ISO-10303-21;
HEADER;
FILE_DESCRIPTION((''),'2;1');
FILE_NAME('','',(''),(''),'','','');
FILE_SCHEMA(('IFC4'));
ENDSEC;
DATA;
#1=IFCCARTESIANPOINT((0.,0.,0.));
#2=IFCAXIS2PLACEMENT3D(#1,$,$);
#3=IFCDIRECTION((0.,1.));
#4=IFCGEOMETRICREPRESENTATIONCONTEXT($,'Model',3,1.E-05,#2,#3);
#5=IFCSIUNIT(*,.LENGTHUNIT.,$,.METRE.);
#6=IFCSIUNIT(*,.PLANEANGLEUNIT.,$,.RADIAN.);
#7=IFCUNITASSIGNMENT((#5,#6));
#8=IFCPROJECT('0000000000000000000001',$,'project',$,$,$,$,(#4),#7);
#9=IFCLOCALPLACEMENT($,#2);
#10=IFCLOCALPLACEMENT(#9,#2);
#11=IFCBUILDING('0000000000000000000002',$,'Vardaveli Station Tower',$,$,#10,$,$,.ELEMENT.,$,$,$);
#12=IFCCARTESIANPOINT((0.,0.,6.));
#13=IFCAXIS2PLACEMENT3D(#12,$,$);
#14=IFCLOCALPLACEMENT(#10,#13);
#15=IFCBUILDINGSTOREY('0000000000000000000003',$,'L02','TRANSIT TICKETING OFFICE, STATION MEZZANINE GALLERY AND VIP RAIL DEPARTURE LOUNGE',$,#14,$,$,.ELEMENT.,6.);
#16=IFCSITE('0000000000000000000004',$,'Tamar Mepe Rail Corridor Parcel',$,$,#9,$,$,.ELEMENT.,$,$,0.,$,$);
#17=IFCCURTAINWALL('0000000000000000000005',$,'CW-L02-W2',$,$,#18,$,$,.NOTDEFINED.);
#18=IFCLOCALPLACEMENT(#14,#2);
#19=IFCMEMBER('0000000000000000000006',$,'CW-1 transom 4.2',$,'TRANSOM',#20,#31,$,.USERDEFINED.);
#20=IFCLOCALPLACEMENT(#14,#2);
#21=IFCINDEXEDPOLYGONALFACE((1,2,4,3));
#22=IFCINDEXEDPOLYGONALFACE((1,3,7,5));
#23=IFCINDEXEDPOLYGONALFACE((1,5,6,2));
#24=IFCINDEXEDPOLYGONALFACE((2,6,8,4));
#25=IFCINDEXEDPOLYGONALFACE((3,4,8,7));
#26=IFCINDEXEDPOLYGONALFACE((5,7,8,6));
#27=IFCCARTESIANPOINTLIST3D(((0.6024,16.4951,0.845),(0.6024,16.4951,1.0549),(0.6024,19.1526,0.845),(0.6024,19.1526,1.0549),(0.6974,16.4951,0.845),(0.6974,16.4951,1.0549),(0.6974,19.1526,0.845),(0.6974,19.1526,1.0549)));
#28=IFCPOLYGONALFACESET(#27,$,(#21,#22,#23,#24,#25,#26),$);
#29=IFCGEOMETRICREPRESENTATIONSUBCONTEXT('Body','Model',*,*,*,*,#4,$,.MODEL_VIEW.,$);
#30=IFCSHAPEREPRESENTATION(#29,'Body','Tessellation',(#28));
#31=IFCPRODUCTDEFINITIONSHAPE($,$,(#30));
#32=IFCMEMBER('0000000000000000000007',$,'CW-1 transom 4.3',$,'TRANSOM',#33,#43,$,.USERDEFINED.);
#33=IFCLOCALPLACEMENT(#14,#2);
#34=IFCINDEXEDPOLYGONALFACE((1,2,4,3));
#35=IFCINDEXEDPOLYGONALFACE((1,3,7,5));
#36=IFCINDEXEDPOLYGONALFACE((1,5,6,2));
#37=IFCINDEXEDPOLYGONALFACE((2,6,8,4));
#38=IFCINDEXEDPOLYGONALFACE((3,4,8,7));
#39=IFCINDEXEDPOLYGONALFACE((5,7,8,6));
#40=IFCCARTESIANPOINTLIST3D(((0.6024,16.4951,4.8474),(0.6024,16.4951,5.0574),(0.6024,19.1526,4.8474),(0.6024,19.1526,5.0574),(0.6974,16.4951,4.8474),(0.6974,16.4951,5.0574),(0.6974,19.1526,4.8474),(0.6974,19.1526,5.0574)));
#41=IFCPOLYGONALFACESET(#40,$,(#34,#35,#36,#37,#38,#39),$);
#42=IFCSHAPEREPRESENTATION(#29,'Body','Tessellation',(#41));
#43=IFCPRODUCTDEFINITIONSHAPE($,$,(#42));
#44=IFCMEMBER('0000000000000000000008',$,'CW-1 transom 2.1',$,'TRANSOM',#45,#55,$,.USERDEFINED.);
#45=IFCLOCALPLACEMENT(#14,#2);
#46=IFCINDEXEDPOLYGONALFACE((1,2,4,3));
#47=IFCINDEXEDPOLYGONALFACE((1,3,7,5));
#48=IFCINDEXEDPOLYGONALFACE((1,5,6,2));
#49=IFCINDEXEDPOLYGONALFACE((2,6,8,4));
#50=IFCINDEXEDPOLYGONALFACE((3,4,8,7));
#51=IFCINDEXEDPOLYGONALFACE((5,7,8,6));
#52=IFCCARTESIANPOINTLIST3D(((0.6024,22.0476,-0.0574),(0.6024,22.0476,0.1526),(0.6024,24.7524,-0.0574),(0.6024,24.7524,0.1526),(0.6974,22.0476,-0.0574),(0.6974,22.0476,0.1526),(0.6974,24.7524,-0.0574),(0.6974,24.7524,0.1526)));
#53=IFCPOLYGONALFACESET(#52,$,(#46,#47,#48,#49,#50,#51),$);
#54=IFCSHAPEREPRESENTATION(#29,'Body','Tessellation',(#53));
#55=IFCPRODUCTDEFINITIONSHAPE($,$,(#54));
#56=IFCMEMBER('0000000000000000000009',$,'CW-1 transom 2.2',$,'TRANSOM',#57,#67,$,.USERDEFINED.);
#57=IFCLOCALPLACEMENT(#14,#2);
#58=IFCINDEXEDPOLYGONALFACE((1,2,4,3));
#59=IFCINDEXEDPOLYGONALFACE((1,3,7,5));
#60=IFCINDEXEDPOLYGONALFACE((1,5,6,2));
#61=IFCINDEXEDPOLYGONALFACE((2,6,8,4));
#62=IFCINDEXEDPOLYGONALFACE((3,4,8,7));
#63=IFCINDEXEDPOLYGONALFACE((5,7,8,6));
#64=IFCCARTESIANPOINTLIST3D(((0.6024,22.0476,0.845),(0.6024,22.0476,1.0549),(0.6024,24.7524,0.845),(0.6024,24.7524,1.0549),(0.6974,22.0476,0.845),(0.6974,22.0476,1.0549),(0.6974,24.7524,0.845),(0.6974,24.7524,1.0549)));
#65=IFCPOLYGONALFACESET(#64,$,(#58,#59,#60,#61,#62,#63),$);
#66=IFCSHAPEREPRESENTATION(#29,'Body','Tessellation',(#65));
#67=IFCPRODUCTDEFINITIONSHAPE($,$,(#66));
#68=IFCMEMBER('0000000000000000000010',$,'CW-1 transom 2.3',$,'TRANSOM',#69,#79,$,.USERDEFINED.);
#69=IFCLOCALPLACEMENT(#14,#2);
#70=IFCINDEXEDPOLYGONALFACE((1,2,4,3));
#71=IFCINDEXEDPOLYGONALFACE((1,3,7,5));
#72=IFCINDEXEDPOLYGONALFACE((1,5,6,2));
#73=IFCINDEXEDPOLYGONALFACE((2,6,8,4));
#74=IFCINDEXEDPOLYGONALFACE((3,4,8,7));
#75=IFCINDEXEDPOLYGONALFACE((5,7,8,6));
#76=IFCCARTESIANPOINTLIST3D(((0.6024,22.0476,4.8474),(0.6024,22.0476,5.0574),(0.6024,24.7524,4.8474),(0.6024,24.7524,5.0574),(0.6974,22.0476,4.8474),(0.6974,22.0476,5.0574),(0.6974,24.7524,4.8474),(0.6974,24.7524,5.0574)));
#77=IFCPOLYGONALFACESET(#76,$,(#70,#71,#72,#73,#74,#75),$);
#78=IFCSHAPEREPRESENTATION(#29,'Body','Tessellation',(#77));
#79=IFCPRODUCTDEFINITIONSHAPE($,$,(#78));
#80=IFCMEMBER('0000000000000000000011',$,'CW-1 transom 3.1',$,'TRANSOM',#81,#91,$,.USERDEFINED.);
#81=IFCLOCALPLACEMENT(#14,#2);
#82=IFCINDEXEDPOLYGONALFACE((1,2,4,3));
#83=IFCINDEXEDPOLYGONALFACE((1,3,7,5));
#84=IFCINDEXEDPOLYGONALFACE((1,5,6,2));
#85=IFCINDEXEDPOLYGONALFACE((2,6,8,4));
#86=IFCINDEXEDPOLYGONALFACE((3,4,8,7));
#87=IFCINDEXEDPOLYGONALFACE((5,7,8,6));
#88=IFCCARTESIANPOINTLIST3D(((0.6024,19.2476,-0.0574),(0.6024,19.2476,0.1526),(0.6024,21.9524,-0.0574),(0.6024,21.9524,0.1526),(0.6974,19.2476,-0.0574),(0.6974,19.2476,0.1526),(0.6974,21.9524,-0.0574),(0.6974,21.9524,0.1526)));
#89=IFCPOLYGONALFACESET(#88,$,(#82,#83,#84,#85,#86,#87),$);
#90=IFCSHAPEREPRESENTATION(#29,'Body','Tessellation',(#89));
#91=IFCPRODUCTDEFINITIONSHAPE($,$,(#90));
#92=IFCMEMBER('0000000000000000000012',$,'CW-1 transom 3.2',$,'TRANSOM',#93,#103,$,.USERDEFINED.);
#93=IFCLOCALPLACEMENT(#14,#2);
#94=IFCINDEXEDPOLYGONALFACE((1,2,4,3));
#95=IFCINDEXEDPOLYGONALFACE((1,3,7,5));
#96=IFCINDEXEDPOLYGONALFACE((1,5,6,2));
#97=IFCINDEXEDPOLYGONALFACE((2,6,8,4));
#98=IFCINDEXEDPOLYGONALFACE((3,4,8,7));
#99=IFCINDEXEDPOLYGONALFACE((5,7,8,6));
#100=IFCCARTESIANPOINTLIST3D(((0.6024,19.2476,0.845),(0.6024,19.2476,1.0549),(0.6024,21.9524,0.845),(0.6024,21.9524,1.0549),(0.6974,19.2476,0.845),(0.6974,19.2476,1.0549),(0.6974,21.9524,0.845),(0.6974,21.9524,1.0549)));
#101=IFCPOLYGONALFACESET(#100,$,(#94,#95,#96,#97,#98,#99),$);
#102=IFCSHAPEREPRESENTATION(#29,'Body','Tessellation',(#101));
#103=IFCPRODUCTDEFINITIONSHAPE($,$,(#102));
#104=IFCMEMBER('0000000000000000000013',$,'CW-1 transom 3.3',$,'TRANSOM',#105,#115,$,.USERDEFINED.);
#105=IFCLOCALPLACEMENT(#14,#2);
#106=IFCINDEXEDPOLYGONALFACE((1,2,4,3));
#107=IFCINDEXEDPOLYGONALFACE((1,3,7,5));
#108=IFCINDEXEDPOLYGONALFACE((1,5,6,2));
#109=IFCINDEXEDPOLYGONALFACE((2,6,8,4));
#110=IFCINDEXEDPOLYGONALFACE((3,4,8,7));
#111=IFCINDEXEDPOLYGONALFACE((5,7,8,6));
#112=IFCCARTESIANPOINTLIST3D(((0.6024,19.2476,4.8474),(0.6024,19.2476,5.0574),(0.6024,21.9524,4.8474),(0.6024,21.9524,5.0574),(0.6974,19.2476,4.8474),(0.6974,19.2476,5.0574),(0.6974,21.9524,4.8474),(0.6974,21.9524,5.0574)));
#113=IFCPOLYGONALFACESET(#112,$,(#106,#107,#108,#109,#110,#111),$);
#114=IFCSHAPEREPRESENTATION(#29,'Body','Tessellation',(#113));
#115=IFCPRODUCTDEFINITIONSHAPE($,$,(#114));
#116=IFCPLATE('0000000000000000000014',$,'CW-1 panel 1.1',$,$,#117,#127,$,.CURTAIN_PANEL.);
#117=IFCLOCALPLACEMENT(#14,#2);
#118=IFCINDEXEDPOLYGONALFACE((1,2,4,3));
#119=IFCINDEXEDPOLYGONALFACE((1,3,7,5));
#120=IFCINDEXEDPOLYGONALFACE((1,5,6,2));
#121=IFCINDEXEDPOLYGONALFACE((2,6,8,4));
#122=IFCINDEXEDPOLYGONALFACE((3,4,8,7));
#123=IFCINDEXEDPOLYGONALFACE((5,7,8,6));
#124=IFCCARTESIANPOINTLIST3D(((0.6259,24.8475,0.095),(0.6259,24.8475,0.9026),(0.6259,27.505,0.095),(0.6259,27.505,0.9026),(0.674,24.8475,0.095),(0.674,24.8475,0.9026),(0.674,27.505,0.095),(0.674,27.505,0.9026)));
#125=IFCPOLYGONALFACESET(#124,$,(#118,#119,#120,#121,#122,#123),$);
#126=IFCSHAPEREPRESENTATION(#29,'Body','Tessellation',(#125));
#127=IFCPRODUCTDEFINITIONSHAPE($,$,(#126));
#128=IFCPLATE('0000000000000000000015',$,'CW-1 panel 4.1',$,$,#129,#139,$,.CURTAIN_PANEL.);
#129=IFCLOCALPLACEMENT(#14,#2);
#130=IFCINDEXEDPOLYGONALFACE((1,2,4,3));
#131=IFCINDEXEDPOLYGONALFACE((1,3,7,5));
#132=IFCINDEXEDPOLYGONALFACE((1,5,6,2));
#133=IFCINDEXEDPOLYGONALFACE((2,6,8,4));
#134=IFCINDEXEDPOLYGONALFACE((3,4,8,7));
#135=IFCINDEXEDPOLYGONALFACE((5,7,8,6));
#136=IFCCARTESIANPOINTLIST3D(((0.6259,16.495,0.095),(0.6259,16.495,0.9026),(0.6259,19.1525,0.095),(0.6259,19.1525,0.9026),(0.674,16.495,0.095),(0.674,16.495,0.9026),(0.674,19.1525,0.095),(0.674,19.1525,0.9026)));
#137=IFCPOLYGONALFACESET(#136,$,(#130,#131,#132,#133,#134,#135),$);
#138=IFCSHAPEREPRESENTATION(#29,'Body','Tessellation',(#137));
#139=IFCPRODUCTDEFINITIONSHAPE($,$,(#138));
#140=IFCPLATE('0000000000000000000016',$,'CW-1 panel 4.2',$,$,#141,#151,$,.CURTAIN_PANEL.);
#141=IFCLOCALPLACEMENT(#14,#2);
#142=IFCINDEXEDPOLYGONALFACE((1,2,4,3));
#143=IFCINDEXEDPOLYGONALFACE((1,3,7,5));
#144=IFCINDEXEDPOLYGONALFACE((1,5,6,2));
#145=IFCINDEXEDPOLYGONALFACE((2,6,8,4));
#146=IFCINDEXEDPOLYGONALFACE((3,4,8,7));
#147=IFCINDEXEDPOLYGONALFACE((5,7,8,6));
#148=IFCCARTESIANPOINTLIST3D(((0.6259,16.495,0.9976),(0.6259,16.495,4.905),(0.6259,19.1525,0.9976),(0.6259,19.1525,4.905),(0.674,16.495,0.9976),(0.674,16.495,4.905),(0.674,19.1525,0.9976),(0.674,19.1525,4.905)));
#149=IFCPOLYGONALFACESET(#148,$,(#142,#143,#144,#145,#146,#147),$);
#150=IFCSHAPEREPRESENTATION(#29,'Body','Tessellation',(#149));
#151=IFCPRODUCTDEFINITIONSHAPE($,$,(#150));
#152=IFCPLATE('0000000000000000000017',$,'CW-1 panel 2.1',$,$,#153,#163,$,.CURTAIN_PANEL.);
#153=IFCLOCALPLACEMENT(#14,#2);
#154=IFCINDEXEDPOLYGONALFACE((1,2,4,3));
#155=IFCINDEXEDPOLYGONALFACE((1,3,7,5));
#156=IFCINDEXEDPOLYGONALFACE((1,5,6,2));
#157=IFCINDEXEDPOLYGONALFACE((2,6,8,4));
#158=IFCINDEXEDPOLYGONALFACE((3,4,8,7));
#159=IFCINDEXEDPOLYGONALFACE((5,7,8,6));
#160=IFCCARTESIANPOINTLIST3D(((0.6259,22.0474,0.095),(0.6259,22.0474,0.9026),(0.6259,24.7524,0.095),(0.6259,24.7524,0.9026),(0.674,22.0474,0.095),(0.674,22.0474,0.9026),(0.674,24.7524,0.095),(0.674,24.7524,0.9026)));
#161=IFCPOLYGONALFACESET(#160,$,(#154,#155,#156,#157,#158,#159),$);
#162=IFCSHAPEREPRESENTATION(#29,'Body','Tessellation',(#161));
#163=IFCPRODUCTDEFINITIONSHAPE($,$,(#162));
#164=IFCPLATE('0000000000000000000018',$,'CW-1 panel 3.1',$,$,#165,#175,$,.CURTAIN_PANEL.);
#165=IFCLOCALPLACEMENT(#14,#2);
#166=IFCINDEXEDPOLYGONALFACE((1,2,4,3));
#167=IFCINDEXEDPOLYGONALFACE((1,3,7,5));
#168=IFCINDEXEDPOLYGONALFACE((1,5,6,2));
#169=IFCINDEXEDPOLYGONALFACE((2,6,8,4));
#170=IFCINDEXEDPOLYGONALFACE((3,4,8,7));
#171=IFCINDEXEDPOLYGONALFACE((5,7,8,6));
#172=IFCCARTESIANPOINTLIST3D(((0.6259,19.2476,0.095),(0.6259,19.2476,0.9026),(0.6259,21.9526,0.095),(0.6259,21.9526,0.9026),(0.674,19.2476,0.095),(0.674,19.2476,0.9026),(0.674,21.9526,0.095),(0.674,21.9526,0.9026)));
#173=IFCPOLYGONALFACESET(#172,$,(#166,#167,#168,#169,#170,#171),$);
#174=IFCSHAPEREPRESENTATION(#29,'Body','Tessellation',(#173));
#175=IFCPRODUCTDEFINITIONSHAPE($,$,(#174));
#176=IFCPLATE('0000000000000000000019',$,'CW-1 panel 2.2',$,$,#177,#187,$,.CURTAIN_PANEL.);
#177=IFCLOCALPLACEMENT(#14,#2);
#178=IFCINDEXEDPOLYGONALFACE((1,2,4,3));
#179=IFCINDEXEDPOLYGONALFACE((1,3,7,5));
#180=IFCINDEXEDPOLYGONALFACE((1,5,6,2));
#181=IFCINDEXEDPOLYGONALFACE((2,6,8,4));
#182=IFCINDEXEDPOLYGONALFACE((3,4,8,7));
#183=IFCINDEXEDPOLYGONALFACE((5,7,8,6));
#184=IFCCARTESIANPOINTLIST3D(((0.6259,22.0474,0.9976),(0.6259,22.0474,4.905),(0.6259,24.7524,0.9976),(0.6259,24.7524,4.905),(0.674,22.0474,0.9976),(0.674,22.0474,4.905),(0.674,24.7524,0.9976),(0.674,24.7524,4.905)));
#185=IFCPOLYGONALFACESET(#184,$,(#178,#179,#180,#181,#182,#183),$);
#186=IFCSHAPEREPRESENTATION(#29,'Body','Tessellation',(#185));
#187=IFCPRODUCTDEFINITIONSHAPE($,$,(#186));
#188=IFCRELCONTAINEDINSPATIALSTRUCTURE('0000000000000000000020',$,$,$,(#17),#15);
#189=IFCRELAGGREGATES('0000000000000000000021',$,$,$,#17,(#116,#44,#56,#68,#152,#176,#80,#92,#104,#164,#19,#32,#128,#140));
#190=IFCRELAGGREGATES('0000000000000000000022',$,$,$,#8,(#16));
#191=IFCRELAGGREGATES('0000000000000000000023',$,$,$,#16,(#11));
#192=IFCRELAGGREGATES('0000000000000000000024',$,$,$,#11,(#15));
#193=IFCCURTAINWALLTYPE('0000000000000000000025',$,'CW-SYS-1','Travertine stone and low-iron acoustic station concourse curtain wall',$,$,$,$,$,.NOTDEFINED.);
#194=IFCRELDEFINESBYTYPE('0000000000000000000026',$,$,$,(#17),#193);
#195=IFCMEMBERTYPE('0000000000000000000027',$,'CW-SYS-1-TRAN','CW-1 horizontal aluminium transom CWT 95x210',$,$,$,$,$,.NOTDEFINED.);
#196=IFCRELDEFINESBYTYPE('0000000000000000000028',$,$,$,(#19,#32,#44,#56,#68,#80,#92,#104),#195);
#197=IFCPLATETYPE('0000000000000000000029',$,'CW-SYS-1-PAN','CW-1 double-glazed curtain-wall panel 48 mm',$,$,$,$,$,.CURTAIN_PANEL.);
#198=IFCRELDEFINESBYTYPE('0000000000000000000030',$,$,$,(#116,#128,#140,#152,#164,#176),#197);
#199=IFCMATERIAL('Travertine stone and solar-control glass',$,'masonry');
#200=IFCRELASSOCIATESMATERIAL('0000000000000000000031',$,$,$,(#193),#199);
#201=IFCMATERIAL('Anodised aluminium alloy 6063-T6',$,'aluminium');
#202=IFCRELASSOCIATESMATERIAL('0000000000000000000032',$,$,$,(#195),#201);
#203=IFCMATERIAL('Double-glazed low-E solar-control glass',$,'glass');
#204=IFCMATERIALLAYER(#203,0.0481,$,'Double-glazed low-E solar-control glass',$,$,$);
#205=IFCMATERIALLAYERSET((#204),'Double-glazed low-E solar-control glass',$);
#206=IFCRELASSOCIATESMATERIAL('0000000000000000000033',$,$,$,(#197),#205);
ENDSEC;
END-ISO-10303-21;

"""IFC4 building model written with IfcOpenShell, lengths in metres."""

from ifc_helpers import new_model, si_unit, direction, frame, origin, origin_2d, place, context, subcontext, project, spatial, rectangle, extrude, source, transform, mapped, material, layer, layer_set, material_profile, profile_set, type_object, element, aggregate, save


model = new_model("IFC4")

# Units and contexts
model_context = context("Model", 3, precision=1e-05, world=origin(), true_north=direction((0.0, 1.0)))
body_context = subcontext(model_context, "Body", "Model", "MODEL_VIEW")
ifc_project = project(units=[si_unit("LENGTHUNIT", "METRE"), si_unit("PLANEANGLEUNIT", "RADIAN")], contexts=[model_context])

# Site, building, storey
site_placement = place(None, origin())
site = spatial("IfcSite", under=ifc_project, at=site_placement, Name="Tamar Mepe Rail Corridor Parcel", CompositionType="ELEMENT", RefElevation=0.0)
building_placement = place(site_placement, origin())
building = spatial("IfcBuilding", under=site, at=building_placement, Name="Vardaveli Station Tower", CompositionType="ELEMENT")
storey_placement = place(building_placement, frame((0.0, 0.0, 6.0)))
storey = spatial("IfcBuildingStorey", under=building, at=storey_placement, Name="L02", Description="TRANSIT TICKETING OFFICE, STATION MEZZANINE GALLERY AND VIP RAIL DEPARTURE LOUNGE", CompositionType="ELEMENT", Elevation=6.0)

# Curtain wall, members, plates
ifc_material_1 = material(Name="Travertine stone and solar-control glass", Category="masonry")
curtain_wall_type = type_object("IfcCurtainWallType", Name="CW-SYS-1", Description="Travertine stone and low-iron acoustic station concourse curtain wall", PredefinedType="NOTDEFINED", material=ifc_material_1)
curtain_wall_placement = place(storey_placement, origin())
curtain_wall = element("IfcCurtainWall", 1, at=curtain_wall_placement, inside=storey, type_object=curtain_wall_type, Name="CW-L02-W2", PredefinedType="NOTDEFINED")
ifc_material_2 = material(Name="Anodised aluminium alloy 6063-T6", Category="aluminium")
ifc_material_profile_1 = material_profile(ifc_material_2, rectangle(XDim=0.095, YDim=0.21, at=origin_2d()), Name="CWT 95x210")
ifc_profile_set_1 = profile_set([ifc_material_profile_1], Name="Anodised aluminium alloy 6063-T6")
member_type_1 = type_object("IfcMemberType", Name="CW-SYS-1-TRAN", Description="CW-1 horizontal aluminium transom CWT 95x210", PredefinedType="NOTDEFINED", material=ifc_profile_set_1)
shared_shape_1 = source(origin(), body_context, "Body", "SweptSolid", [
    extrude(rectangle(XDim=0.095, YDim=0.21, at=origin_2d()), origin(), (0.0, 0.0, 1.0), 2.6575),
])
member_1_placement = place(storey_placement, frame((0.6499, 19.1526, 0.95), z_axis=(0.0, -1.0, 0.0), x_axis=(1.0, 0.0, 0.0)))
member_1 = element("IfcMember", 2, at=member_1_placement, type_object=member_type_1, Name="CW-1 transom 4.2", ObjectType="TRANSOM", PredefinedType="USERDEFINED", context=body_context, shape_type="MappedRepresentation", body=[
    mapped(shared_shape_1, transform((0.0, 0.0, 0.0), scale=1.0)),
])
member_2_placement = place(storey_placement, frame((0.6499, 19.1526, 4.9524), z_axis=(0.0, -1.0, 0.0), x_axis=(1.0, 0.0, 0.0)))
member_2 = element("IfcMember", 3, at=member_2_placement, type_object=member_type_1, Name="CW-1 transom 4.3", ObjectType="TRANSOM", PredefinedType="USERDEFINED", context=body_context, shape_type="MappedRepresentation", body=[
    mapped(shared_shape_1, transform((0.0, 0.0, 0.0), scale=1.0)),
])
shared_shape_2 = source(origin(), body_context, "Body", "SweptSolid", [
    extrude(rectangle(XDim=0.095, YDim=0.21, at=origin_2d()), origin(), (0.0, 0.0, 1.0), 2.7048),
])
member_3_placement = place(storey_placement, frame((0.6499, 24.7524, 0.0476), z_axis=(0.0, -1.0, 0.0), x_axis=(1.0, 0.0, 0.0)))
member_3 = element("IfcMember", 4, at=member_3_placement, type_object=member_type_1, Name="CW-1 transom 2.1", ObjectType="TRANSOM", PredefinedType="USERDEFINED", context=body_context, shape_type="MappedRepresentation", body=[
    mapped(shared_shape_2, transform((0.0, 0.0, 0.0), scale=1.0)),
])
member_4_placement = place(storey_placement, frame((0.6499, 24.7524, 0.95), z_axis=(0.0, -1.0, 0.0), x_axis=(1.0, 0.0, 0.0)))
member_4 = element("IfcMember", 5, at=member_4_placement, type_object=member_type_1, Name="CW-1 transom 2.2", ObjectType="TRANSOM", PredefinedType="USERDEFINED", context=body_context, shape_type="MappedRepresentation", body=[
    mapped(shared_shape_2, transform((0.0, 0.0, 0.0), scale=1.0)),
])
member_5_placement = place(storey_placement, frame((0.6499, 24.7524, 4.9524), z_axis=(0.0, -1.0, 0.0), x_axis=(1.0, 0.0, 0.0)))
member_5 = element("IfcMember", 6, at=member_5_placement, type_object=member_type_1, Name="CW-1 transom 2.3", ObjectType="TRANSOM", PredefinedType="USERDEFINED", context=body_context, shape_type="MappedRepresentation", body=[
    mapped(shared_shape_2, transform((0.0, 0.0, 0.0), scale=1.0)),
])
member_6_placement = place(storey_placement, frame((0.6499, 21.9524, 0.0476), z_axis=(0.0, -1.0, 0.0), x_axis=(1.0, 0.0, 0.0)))
member_6 = element("IfcMember", 7, at=member_6_placement, type_object=member_type_1, Name="CW-1 transom 3.1", ObjectType="TRANSOM", PredefinedType="USERDEFINED", context=body_context, shape_type="MappedRepresentation", body=[
    mapped(shared_shape_2, transform((0.0, 0.0, 0.0), scale=1.0)),
])
member_7_placement = place(storey_placement, frame((0.6499, 21.9524, 0.95), z_axis=(0.0, -1.0, 0.0), x_axis=(1.0, 0.0, 0.0)))
member_7 = element("IfcMember", 8, at=member_7_placement, type_object=member_type_1, Name="CW-1 transom 3.2", ObjectType="TRANSOM", PredefinedType="USERDEFINED", context=body_context, shape_type="MappedRepresentation", body=[
    mapped(shared_shape_2, transform((0.0, 0.0, 0.0), scale=1.0)),
])
member_8_placement = place(storey_placement, frame((0.6499, 21.9524, 4.9524), z_axis=(0.0, -1.0, 0.0), x_axis=(1.0, 0.0, 0.0)))
member_8 = element("IfcMember", 9, at=member_8_placement, type_object=member_type_1, Name="CW-1 transom 3.3", ObjectType="TRANSOM", PredefinedType="USERDEFINED", context=body_context, shape_type="MappedRepresentation", body=[
    mapped(shared_shape_2, transform((0.0, 0.0, 0.0), scale=1.0)),
])
ifc_material_3 = material(Name="Double-glazed low-E solar-control glass", Category="glass")
ifc_layer_1 = layer(ifc_material_3, 0.0481, Name="Double-glazed low-E solar-control glass")
ifc_layer_set_1 = layer_set([ifc_layer_1], Name="Double-glazed low-E solar-control glass")
plate_type = type_object("IfcPlateType", Name="CW-SYS-1-PAN", Description="CW-1 double-glazed curtain-wall panel 48 mm", PredefinedType="CURTAIN_PANEL", material=ifc_layer_set_1)
shared_shape_3 = source(origin(), body_context, "Body", "SweptSolid", [
    extrude(rectangle(XDim=2.6575, YDim=0.0481, at=origin_2d()), origin(), (0.0, 0.0, 1.0), 0.8076),
])
plate_1_placement = place(storey_placement, frame((0.6499, 26.1763, 0.095), z_axis=(0.0, 0.0, 1.0), x_axis=(0.0, -1.0, 0.0)))
plate_1 = element("IfcPlate", 10, at=plate_1_placement, type_object=plate_type, Name="CW-1 panel 1.1", PredefinedType="CURTAIN_PANEL", context=body_context, shape_type="MappedRepresentation", body=[
    mapped(shared_shape_3, transform((0.0, 0.0, 0.0), scale=1.0)),
])
plate_2_placement = place(storey_placement, frame((0.6499, 17.8237, 0.095), z_axis=(0.0, 0.0, 1.0), x_axis=(0.0, -1.0, 0.0)))
plate_2 = element("IfcPlate", 11, at=plate_2_placement, type_object=plate_type, Name="CW-1 panel 4.1", PredefinedType="CURTAIN_PANEL", context=body_context, shape_type="MappedRepresentation", body=[
    mapped(shared_shape_3, transform((0.0, 0.0, 0.0), scale=1.0)),
])
shared_shape_4 = source(origin(), body_context, "Body", "SweptSolid", [
    extrude(rectangle(XDim=2.6575, YDim=0.0481, at=origin_2d()), origin(), (0.0, 0.0, 1.0), 3.9075),
])
plate_3_placement = place(storey_placement, frame((0.6499, 17.8237, 0.9976), z_axis=(0.0, 0.0, 1.0), x_axis=(0.0, -1.0, 0.0)))
plate_3 = element("IfcPlate", 12, at=plate_3_placement, type_object=plate_type, Name="CW-1 panel 4.2", PredefinedType="CURTAIN_PANEL", context=body_context, shape_type="MappedRepresentation", body=[
    mapped(shared_shape_4, transform((0.0, 0.0, 0.0), scale=1.0)),
])
shared_shape_5 = source(origin(), body_context, "Body", "SweptSolid", [
    extrude(rectangle(XDim=2.7051, YDim=0.0481, at=origin_2d()), origin(), (0.0, 0.0, 1.0), 0.8076),
])
plate_4_placement = place(storey_placement, frame((0.6499, 23.3999, 0.095), z_axis=(0.0, 0.0, 1.0), x_axis=(0.0, -1.0, 0.0)))
plate_4 = element("IfcPlate", 13, at=plate_4_placement, type_object=plate_type, Name="CW-1 panel 2.1", PredefinedType="CURTAIN_PANEL", context=body_context, shape_type="MappedRepresentation", body=[
    mapped(shared_shape_5, transform((0.0, 0.0, 0.0), scale=1.0)),
])
plate_5_placement = place(storey_placement, frame((0.6499, 20.6001, 0.095), z_axis=(0.0, 0.0, 1.0), x_axis=(0.0, -1.0, 0.0)))
plate_5 = element("IfcPlate", 14, at=plate_5_placement, type_object=plate_type, Name="CW-1 panel 3.1", PredefinedType="CURTAIN_PANEL", context=body_context, shape_type="MappedRepresentation", body=[
    mapped(shared_shape_5, transform((0.0, 0.0, 0.0), scale=1.0)),
])
shared_shape_6 = source(origin(), body_context, "Body", "SweptSolid", [
    extrude(rectangle(XDim=2.7051, YDim=0.0481, at=origin_2d()), origin(), (0.0, 0.0, 1.0), 3.9075),
])
plate_6_placement = place(storey_placement, frame((0.6499, 23.3999, 0.9976), z_axis=(0.0, 0.0, 1.0), x_axis=(0.0, -1.0, 0.0)))
plate_6 = element("IfcPlate", 15, at=plate_6_placement, type_object=plate_type, Name="CW-1 panel 2.2", PredefinedType="CURTAIN_PANEL", context=body_context, shape_type="MappedRepresentation", body=[
    mapped(shared_shape_6, transform((0.0, 0.0, 0.0), scale=1.0)),
])
aggregate(curtain_wall, [plate_1, member_3, member_4, member_5, plate_4, plate_6, member_6, member_7, member_8, plate_5, member_1, member_2, plate_2, plate_3])

save(model, "model.ifc")
